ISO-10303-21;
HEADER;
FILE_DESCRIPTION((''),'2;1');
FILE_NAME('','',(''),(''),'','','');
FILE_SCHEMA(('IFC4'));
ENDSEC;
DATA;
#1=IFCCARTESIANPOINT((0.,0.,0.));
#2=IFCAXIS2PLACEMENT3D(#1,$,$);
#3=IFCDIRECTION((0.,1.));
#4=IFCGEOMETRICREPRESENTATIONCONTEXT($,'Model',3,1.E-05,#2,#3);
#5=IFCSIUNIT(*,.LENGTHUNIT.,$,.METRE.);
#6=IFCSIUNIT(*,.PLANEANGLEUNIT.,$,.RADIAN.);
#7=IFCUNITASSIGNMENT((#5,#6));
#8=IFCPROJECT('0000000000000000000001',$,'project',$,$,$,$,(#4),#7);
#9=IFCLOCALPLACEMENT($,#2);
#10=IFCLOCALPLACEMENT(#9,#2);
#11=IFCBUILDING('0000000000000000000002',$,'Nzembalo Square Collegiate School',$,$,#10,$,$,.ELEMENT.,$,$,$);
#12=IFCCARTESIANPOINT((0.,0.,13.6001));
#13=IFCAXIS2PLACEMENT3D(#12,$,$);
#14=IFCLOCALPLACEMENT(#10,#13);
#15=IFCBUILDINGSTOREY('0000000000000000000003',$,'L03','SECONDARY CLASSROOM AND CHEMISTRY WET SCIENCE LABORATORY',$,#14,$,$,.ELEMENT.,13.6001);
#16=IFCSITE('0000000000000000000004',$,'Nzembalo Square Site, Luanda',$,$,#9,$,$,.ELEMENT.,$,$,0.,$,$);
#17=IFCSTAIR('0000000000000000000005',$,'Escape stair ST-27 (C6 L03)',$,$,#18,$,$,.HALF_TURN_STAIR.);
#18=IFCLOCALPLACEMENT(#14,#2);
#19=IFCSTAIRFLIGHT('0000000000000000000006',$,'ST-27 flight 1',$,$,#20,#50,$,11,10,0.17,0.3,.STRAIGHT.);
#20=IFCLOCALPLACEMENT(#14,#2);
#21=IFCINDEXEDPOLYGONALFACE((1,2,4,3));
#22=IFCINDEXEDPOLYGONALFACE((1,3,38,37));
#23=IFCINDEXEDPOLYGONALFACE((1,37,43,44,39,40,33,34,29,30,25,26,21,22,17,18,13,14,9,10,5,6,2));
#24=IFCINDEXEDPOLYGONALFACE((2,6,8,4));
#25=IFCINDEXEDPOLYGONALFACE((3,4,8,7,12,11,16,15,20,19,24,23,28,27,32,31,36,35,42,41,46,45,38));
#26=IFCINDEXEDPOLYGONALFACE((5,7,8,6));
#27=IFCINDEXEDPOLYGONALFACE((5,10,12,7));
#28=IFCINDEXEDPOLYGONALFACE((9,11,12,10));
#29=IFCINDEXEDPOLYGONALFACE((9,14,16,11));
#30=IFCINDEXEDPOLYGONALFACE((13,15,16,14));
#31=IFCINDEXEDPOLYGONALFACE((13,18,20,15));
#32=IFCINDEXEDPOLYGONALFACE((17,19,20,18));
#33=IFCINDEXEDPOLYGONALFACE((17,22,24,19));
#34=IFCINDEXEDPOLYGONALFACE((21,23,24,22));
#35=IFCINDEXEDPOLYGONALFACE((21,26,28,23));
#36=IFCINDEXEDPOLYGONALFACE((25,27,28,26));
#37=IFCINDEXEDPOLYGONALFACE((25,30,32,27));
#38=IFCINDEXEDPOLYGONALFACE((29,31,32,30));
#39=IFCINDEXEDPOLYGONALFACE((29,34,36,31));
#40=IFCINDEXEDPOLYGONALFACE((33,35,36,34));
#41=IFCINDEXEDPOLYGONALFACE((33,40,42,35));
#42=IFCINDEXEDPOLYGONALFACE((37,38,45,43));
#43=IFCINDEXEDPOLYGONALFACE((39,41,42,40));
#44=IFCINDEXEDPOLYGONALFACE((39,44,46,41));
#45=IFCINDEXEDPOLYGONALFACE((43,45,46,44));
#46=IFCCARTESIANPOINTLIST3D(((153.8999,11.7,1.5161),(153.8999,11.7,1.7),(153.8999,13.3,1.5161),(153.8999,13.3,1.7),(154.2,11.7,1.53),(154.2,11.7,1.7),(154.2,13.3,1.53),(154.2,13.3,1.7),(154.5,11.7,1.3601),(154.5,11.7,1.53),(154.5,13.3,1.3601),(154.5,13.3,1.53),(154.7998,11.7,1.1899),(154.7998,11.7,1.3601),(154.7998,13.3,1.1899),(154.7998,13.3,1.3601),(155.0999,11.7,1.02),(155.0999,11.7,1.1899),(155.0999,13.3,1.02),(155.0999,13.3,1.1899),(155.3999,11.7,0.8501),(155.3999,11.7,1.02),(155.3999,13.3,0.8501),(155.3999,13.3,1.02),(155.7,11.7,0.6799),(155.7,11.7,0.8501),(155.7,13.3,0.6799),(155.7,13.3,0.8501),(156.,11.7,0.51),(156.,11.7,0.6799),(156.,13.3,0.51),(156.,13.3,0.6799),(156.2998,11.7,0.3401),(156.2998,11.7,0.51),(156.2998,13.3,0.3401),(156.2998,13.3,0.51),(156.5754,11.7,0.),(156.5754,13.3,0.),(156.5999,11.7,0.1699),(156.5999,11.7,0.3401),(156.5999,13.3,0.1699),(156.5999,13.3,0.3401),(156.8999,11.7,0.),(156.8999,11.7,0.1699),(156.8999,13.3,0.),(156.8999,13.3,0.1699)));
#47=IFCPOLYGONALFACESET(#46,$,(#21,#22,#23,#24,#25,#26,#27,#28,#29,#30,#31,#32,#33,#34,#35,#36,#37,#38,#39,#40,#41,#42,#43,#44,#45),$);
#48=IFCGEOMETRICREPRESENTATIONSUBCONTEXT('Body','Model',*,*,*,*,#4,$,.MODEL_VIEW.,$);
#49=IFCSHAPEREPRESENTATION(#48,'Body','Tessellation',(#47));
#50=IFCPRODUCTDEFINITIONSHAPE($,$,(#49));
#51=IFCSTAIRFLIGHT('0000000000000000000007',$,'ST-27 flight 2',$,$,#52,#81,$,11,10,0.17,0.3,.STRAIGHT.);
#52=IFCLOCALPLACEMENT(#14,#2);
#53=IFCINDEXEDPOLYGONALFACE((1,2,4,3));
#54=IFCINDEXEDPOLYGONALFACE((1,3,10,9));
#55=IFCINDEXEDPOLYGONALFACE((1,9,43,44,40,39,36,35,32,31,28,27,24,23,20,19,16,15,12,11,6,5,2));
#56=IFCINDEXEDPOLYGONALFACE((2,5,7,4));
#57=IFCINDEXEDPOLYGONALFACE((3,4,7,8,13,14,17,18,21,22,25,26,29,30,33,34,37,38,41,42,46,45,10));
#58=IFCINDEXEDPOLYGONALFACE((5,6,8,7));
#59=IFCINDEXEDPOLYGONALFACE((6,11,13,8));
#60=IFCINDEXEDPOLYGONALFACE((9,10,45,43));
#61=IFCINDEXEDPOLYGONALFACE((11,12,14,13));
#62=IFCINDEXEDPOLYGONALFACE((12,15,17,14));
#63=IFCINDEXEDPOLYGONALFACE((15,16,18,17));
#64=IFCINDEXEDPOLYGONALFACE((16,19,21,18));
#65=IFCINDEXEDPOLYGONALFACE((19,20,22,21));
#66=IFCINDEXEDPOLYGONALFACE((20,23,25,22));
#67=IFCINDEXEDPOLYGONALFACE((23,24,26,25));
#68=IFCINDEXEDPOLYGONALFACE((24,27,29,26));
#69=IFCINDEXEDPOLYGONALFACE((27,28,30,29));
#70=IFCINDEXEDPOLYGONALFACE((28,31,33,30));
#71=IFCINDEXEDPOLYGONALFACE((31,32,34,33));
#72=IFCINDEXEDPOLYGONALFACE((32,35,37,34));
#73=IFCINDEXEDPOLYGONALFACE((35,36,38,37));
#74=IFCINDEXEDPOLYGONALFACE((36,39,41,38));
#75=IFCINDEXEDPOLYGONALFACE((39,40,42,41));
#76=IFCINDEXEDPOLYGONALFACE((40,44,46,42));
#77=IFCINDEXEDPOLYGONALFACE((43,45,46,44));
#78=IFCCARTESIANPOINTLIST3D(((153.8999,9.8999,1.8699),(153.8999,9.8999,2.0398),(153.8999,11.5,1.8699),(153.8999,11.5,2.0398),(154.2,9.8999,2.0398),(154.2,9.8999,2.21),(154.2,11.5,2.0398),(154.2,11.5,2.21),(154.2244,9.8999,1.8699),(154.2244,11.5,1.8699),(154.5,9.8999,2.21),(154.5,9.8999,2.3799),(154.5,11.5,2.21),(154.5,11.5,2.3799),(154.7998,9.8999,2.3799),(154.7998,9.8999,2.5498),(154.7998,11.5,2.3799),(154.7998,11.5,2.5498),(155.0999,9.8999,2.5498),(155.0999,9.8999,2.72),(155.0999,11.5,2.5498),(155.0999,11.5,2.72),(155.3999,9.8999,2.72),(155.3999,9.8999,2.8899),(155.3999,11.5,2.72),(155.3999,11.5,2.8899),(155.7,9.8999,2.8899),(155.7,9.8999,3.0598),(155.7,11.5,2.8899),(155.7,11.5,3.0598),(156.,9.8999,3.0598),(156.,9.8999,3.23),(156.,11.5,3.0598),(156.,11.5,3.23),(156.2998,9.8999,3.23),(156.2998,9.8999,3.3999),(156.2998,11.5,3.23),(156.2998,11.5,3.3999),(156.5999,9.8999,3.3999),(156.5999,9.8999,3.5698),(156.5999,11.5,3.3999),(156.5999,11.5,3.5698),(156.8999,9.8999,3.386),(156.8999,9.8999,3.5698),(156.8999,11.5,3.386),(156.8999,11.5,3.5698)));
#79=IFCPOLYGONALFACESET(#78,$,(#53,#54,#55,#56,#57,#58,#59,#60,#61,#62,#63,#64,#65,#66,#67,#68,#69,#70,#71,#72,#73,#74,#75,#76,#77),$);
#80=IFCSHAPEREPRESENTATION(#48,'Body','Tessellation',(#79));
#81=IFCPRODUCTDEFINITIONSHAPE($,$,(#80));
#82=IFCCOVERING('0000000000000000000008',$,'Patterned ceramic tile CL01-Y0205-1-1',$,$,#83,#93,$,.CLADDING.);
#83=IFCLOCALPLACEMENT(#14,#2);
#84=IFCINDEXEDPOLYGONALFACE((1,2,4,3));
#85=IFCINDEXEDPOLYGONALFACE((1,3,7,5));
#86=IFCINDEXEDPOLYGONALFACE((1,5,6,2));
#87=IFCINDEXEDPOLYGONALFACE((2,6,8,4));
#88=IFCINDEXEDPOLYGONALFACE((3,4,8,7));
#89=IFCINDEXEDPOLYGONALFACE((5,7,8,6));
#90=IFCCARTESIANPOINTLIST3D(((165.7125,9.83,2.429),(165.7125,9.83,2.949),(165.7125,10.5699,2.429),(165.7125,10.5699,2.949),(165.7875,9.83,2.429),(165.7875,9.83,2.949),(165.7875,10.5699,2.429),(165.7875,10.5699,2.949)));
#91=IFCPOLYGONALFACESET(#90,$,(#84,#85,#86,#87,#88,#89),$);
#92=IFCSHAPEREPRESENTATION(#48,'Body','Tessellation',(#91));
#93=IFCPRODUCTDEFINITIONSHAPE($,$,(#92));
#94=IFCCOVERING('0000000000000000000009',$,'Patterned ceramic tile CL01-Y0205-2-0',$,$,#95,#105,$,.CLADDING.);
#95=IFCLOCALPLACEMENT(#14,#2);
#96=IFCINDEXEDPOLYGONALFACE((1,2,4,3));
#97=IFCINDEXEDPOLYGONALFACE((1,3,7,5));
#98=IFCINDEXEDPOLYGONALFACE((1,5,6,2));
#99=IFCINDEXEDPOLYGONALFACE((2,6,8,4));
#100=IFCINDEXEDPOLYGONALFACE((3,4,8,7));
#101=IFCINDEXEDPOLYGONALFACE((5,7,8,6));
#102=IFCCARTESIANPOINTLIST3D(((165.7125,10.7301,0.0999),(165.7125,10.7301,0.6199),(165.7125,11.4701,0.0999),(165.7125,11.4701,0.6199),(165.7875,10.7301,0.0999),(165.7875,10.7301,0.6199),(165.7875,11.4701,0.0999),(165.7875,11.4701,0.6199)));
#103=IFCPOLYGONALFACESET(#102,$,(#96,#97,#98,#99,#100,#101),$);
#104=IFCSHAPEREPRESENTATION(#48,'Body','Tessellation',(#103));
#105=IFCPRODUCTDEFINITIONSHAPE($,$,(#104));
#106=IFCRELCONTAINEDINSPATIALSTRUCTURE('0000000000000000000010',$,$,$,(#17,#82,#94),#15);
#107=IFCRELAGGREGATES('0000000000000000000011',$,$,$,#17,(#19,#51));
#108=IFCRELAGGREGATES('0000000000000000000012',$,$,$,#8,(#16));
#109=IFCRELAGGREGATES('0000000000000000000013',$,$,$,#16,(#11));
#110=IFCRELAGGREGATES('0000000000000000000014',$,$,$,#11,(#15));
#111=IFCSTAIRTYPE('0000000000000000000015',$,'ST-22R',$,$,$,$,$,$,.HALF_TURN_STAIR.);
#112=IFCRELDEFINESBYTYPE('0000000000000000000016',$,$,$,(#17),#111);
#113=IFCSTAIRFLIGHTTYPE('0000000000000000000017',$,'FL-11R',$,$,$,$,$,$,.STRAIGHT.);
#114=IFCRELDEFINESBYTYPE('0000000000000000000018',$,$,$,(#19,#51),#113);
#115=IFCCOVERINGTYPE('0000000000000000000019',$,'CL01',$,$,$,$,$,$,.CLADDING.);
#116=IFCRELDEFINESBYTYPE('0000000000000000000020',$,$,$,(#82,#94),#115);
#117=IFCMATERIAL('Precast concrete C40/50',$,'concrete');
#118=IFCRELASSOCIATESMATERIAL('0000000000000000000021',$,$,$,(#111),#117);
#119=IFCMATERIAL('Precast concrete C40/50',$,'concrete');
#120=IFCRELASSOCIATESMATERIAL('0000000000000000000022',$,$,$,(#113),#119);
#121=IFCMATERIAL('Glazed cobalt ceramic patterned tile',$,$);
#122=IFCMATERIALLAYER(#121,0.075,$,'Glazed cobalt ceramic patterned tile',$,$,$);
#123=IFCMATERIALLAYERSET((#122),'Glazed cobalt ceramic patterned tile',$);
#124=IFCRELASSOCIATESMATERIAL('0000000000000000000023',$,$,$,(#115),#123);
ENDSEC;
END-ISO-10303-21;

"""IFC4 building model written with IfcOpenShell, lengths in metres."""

from ifc_helpers import new_model, si_unit, direction, frame, origin, origin_2d, place, context, subcontext, project, spatial, polyline, rectangle, outline, extrude, material, layer, layer_set, type_object, element, aggregate, save


model = new_model("IFC4")

# Units and contexts
model_context = context("Model", 3, precision=1e-05, world=origin(), true_north=direction((0.0, 1.0)))
body_context = subcontext(model_context, "Body", "Model", "MODEL_VIEW")
ifc_project = project(units=[si_unit("LENGTHUNIT", "METRE"), si_unit("PLANEANGLEUNIT", "RADIAN")], contexts=[model_context])

# Site, building, storey
site_placement = place(None, origin())
site = spatial("IfcSite", under=ifc_project, at=site_placement, Name="Nzembalo Square Site, Luanda", CompositionType="ELEMENT", RefElevation=0.0)
building_placement = place(site_placement, origin())
building = spatial("IfcBuilding", under=site, at=building_placement, Name="Nzembalo Square Collegiate School", CompositionType="ELEMENT")
storey_placement = place(building_placement, frame((0.0, 0.0, 13.6001)))
storey = spatial("IfcBuildingStorey", under=building, at=storey_placement, Name="L03", Description="SECONDARY CLASSROOM AND CHEMISTRY WET SCIENCE LABORATORY", CompositionType="ELEMENT", Elevation=13.6001)

# Stair, stair flights
ifc_material_1 = material(Name="Precast concrete C40/50", Category="concrete")
stair_type = type_object("IfcStairType", Name="ST-22R", PredefinedType="HALF_TURN_STAIR", material=ifc_material_1)
stair_placement = place(storey_placement, origin())
stair = element("IfcStair", 1, at=stair_placement, inside=storey, type_object=stair_type, Name="Escape stair ST-27 (C6 L03)", PredefinedType="HALF_TURN_STAIR")
ifc_material_2 = material(Name="Precast concrete C40/50", Category="concrete")
stair_flight_type = type_object("IfcStairFlightType", Name="FL-11R", PredefinedType="STRAIGHT", material=ifc_material_2)
stair_flight_1_placement = place(storey_placement, frame((156.8999, 12.5, 0.0), z_axis=(0.0, 0.0, 1.0), x_axis=(-1.0, 0.0, 0.0)))
stair_flight_1 = element("IfcStairFlight", 2, at=stair_flight_1_placement, type_object=stair_flight_type, Name="ST-27 flight 1", NumberOfRisers=11, NumberOfTreads=10, PredefinedType="STRAIGHT", RiserHeight=0.17, TreadLength=0.3, context=body_context, shape_type="SweptSolid", body=[
    extrude(outline(polyline([(0.0, 0.0), (0.0, 0.1699), (0.3, 0.1699), (0.3, 0.3401), (0.6001, 0.3401), (0.6001, 0.51), (0.8999, 0.51), (0.8999, 0.6799), (1.2, 0.6799), (1.2, 0.8501), (1.5, 0.8501), (1.5, 1.02), (1.8, 1.02), (1.8, 1.1899), (2.1001, 1.1899), (2.1001, 1.3601), (2.3999, 1.3601), (2.3999, 1.53), (2.7, 1.53), (2.7, 1.7), (3.0, 1.7), (3.0, 1.8701), (3.0, 1.5161), (0.3245, 0.0), (0.0, 0.0)])), frame((0.0, 0.8, 0.0), z_axis=(0.0, -1.0, 0.0), x_axis=(1.0, 0.0, 0.0)), (0.0, 0.0, 1.0), 1.6001),
])
stair_flight_2_placement = place(storey_placement, frame((153.8999, 10.7, 1.8699), z_axis=(0.0, 0.0, 1.0), x_axis=(1.0, 0.0, 0.0)))
stair_flight_2 = element("IfcStairFlight", 3, at=stair_flight_2_placement, type_object=stair_flight_type, Name="ST-27 flight 2", NumberOfRisers=11, NumberOfTreads=10, PredefinedType="STRAIGHT", RiserHeight=0.17, TreadLength=0.3, context=body_context, shape_type="SweptSolid", body=[
    extrude(outline(polyline([(0.0, 0.0), (0.0, 0.1699), (0.3, 0.1699), (0.3, 0.3401), (0.6001, 0.3401), (0.6001, 0.51), (0.8999, 0.51), (0.8999, 0.6799), (1.2, 0.6799), (1.2, 0.8501), (1.5, 0.8501), (1.5, 1.02), (1.8, 1.02), (1.8, 1.1899), (2.1001, 1.1899), (2.1001, 1.3601), (2.3999, 1.3601), (2.3999, 1.53), (2.7, 1.53), (2.7, 1.7), (3.0, 1.7), (3.0, 1.8701), (3.0, 1.5161), (0.3245, 0.0), (0.0, 0.0)])), frame((0.0, 0.8, 0.0), z_axis=(0.0, -1.0, 0.0), x_axis=(1.0, 0.0, 0.0)), (0.0, 0.0, 1.0), 1.6001),
])
aggregate(stair, [stair_flight_1, stair_flight_2])

# Coverings
ifc_material_3 = material(Name="Glazed cobalt ceramic patterned tile")
ifc_layer_1 = layer(ifc_material_3, 0.075, Name="Glazed cobalt ceramic patterned tile")
ifc_layer_set_1 = layer_set([ifc_layer_1], Name="Glazed cobalt ceramic patterned tile")
covering_type = type_object("IfcCoveringType", Name="CL01", PredefinedType="CLADDING", material=ifc_layer_set_1)
for number, where, z_axis, x_axis, name in (
    (4, (165.75, 10.2, 2.429), (0.0, 0.0, 1.0), (1.0, 0.0, 0.0), "Patterned ceramic tile CL01-Y0205-1-1"),
    (5, (165.75, 11.1001, 0.0999), (0.0, 0.0, 1.0), (1.0, 0.0, 0.0), "Patterned ceramic tile CL01-Y0205-2-0"),
):
    element("IfcCovering", number, at=place(storey_placement, frame(where, z_axis=z_axis, x_axis=x_axis)), inside=storey, type_object=covering_type, Name=name, PredefinedType="CLADDING", context=body_context, shape_type="SweptSolid", body=[
        extrude(rectangle(XDim=0.075, YDim=0.74, at=origin_2d()), origin(), (0.0, 0.0, 1.0), 0.52),
    ])

save(model, "model.ifc")
